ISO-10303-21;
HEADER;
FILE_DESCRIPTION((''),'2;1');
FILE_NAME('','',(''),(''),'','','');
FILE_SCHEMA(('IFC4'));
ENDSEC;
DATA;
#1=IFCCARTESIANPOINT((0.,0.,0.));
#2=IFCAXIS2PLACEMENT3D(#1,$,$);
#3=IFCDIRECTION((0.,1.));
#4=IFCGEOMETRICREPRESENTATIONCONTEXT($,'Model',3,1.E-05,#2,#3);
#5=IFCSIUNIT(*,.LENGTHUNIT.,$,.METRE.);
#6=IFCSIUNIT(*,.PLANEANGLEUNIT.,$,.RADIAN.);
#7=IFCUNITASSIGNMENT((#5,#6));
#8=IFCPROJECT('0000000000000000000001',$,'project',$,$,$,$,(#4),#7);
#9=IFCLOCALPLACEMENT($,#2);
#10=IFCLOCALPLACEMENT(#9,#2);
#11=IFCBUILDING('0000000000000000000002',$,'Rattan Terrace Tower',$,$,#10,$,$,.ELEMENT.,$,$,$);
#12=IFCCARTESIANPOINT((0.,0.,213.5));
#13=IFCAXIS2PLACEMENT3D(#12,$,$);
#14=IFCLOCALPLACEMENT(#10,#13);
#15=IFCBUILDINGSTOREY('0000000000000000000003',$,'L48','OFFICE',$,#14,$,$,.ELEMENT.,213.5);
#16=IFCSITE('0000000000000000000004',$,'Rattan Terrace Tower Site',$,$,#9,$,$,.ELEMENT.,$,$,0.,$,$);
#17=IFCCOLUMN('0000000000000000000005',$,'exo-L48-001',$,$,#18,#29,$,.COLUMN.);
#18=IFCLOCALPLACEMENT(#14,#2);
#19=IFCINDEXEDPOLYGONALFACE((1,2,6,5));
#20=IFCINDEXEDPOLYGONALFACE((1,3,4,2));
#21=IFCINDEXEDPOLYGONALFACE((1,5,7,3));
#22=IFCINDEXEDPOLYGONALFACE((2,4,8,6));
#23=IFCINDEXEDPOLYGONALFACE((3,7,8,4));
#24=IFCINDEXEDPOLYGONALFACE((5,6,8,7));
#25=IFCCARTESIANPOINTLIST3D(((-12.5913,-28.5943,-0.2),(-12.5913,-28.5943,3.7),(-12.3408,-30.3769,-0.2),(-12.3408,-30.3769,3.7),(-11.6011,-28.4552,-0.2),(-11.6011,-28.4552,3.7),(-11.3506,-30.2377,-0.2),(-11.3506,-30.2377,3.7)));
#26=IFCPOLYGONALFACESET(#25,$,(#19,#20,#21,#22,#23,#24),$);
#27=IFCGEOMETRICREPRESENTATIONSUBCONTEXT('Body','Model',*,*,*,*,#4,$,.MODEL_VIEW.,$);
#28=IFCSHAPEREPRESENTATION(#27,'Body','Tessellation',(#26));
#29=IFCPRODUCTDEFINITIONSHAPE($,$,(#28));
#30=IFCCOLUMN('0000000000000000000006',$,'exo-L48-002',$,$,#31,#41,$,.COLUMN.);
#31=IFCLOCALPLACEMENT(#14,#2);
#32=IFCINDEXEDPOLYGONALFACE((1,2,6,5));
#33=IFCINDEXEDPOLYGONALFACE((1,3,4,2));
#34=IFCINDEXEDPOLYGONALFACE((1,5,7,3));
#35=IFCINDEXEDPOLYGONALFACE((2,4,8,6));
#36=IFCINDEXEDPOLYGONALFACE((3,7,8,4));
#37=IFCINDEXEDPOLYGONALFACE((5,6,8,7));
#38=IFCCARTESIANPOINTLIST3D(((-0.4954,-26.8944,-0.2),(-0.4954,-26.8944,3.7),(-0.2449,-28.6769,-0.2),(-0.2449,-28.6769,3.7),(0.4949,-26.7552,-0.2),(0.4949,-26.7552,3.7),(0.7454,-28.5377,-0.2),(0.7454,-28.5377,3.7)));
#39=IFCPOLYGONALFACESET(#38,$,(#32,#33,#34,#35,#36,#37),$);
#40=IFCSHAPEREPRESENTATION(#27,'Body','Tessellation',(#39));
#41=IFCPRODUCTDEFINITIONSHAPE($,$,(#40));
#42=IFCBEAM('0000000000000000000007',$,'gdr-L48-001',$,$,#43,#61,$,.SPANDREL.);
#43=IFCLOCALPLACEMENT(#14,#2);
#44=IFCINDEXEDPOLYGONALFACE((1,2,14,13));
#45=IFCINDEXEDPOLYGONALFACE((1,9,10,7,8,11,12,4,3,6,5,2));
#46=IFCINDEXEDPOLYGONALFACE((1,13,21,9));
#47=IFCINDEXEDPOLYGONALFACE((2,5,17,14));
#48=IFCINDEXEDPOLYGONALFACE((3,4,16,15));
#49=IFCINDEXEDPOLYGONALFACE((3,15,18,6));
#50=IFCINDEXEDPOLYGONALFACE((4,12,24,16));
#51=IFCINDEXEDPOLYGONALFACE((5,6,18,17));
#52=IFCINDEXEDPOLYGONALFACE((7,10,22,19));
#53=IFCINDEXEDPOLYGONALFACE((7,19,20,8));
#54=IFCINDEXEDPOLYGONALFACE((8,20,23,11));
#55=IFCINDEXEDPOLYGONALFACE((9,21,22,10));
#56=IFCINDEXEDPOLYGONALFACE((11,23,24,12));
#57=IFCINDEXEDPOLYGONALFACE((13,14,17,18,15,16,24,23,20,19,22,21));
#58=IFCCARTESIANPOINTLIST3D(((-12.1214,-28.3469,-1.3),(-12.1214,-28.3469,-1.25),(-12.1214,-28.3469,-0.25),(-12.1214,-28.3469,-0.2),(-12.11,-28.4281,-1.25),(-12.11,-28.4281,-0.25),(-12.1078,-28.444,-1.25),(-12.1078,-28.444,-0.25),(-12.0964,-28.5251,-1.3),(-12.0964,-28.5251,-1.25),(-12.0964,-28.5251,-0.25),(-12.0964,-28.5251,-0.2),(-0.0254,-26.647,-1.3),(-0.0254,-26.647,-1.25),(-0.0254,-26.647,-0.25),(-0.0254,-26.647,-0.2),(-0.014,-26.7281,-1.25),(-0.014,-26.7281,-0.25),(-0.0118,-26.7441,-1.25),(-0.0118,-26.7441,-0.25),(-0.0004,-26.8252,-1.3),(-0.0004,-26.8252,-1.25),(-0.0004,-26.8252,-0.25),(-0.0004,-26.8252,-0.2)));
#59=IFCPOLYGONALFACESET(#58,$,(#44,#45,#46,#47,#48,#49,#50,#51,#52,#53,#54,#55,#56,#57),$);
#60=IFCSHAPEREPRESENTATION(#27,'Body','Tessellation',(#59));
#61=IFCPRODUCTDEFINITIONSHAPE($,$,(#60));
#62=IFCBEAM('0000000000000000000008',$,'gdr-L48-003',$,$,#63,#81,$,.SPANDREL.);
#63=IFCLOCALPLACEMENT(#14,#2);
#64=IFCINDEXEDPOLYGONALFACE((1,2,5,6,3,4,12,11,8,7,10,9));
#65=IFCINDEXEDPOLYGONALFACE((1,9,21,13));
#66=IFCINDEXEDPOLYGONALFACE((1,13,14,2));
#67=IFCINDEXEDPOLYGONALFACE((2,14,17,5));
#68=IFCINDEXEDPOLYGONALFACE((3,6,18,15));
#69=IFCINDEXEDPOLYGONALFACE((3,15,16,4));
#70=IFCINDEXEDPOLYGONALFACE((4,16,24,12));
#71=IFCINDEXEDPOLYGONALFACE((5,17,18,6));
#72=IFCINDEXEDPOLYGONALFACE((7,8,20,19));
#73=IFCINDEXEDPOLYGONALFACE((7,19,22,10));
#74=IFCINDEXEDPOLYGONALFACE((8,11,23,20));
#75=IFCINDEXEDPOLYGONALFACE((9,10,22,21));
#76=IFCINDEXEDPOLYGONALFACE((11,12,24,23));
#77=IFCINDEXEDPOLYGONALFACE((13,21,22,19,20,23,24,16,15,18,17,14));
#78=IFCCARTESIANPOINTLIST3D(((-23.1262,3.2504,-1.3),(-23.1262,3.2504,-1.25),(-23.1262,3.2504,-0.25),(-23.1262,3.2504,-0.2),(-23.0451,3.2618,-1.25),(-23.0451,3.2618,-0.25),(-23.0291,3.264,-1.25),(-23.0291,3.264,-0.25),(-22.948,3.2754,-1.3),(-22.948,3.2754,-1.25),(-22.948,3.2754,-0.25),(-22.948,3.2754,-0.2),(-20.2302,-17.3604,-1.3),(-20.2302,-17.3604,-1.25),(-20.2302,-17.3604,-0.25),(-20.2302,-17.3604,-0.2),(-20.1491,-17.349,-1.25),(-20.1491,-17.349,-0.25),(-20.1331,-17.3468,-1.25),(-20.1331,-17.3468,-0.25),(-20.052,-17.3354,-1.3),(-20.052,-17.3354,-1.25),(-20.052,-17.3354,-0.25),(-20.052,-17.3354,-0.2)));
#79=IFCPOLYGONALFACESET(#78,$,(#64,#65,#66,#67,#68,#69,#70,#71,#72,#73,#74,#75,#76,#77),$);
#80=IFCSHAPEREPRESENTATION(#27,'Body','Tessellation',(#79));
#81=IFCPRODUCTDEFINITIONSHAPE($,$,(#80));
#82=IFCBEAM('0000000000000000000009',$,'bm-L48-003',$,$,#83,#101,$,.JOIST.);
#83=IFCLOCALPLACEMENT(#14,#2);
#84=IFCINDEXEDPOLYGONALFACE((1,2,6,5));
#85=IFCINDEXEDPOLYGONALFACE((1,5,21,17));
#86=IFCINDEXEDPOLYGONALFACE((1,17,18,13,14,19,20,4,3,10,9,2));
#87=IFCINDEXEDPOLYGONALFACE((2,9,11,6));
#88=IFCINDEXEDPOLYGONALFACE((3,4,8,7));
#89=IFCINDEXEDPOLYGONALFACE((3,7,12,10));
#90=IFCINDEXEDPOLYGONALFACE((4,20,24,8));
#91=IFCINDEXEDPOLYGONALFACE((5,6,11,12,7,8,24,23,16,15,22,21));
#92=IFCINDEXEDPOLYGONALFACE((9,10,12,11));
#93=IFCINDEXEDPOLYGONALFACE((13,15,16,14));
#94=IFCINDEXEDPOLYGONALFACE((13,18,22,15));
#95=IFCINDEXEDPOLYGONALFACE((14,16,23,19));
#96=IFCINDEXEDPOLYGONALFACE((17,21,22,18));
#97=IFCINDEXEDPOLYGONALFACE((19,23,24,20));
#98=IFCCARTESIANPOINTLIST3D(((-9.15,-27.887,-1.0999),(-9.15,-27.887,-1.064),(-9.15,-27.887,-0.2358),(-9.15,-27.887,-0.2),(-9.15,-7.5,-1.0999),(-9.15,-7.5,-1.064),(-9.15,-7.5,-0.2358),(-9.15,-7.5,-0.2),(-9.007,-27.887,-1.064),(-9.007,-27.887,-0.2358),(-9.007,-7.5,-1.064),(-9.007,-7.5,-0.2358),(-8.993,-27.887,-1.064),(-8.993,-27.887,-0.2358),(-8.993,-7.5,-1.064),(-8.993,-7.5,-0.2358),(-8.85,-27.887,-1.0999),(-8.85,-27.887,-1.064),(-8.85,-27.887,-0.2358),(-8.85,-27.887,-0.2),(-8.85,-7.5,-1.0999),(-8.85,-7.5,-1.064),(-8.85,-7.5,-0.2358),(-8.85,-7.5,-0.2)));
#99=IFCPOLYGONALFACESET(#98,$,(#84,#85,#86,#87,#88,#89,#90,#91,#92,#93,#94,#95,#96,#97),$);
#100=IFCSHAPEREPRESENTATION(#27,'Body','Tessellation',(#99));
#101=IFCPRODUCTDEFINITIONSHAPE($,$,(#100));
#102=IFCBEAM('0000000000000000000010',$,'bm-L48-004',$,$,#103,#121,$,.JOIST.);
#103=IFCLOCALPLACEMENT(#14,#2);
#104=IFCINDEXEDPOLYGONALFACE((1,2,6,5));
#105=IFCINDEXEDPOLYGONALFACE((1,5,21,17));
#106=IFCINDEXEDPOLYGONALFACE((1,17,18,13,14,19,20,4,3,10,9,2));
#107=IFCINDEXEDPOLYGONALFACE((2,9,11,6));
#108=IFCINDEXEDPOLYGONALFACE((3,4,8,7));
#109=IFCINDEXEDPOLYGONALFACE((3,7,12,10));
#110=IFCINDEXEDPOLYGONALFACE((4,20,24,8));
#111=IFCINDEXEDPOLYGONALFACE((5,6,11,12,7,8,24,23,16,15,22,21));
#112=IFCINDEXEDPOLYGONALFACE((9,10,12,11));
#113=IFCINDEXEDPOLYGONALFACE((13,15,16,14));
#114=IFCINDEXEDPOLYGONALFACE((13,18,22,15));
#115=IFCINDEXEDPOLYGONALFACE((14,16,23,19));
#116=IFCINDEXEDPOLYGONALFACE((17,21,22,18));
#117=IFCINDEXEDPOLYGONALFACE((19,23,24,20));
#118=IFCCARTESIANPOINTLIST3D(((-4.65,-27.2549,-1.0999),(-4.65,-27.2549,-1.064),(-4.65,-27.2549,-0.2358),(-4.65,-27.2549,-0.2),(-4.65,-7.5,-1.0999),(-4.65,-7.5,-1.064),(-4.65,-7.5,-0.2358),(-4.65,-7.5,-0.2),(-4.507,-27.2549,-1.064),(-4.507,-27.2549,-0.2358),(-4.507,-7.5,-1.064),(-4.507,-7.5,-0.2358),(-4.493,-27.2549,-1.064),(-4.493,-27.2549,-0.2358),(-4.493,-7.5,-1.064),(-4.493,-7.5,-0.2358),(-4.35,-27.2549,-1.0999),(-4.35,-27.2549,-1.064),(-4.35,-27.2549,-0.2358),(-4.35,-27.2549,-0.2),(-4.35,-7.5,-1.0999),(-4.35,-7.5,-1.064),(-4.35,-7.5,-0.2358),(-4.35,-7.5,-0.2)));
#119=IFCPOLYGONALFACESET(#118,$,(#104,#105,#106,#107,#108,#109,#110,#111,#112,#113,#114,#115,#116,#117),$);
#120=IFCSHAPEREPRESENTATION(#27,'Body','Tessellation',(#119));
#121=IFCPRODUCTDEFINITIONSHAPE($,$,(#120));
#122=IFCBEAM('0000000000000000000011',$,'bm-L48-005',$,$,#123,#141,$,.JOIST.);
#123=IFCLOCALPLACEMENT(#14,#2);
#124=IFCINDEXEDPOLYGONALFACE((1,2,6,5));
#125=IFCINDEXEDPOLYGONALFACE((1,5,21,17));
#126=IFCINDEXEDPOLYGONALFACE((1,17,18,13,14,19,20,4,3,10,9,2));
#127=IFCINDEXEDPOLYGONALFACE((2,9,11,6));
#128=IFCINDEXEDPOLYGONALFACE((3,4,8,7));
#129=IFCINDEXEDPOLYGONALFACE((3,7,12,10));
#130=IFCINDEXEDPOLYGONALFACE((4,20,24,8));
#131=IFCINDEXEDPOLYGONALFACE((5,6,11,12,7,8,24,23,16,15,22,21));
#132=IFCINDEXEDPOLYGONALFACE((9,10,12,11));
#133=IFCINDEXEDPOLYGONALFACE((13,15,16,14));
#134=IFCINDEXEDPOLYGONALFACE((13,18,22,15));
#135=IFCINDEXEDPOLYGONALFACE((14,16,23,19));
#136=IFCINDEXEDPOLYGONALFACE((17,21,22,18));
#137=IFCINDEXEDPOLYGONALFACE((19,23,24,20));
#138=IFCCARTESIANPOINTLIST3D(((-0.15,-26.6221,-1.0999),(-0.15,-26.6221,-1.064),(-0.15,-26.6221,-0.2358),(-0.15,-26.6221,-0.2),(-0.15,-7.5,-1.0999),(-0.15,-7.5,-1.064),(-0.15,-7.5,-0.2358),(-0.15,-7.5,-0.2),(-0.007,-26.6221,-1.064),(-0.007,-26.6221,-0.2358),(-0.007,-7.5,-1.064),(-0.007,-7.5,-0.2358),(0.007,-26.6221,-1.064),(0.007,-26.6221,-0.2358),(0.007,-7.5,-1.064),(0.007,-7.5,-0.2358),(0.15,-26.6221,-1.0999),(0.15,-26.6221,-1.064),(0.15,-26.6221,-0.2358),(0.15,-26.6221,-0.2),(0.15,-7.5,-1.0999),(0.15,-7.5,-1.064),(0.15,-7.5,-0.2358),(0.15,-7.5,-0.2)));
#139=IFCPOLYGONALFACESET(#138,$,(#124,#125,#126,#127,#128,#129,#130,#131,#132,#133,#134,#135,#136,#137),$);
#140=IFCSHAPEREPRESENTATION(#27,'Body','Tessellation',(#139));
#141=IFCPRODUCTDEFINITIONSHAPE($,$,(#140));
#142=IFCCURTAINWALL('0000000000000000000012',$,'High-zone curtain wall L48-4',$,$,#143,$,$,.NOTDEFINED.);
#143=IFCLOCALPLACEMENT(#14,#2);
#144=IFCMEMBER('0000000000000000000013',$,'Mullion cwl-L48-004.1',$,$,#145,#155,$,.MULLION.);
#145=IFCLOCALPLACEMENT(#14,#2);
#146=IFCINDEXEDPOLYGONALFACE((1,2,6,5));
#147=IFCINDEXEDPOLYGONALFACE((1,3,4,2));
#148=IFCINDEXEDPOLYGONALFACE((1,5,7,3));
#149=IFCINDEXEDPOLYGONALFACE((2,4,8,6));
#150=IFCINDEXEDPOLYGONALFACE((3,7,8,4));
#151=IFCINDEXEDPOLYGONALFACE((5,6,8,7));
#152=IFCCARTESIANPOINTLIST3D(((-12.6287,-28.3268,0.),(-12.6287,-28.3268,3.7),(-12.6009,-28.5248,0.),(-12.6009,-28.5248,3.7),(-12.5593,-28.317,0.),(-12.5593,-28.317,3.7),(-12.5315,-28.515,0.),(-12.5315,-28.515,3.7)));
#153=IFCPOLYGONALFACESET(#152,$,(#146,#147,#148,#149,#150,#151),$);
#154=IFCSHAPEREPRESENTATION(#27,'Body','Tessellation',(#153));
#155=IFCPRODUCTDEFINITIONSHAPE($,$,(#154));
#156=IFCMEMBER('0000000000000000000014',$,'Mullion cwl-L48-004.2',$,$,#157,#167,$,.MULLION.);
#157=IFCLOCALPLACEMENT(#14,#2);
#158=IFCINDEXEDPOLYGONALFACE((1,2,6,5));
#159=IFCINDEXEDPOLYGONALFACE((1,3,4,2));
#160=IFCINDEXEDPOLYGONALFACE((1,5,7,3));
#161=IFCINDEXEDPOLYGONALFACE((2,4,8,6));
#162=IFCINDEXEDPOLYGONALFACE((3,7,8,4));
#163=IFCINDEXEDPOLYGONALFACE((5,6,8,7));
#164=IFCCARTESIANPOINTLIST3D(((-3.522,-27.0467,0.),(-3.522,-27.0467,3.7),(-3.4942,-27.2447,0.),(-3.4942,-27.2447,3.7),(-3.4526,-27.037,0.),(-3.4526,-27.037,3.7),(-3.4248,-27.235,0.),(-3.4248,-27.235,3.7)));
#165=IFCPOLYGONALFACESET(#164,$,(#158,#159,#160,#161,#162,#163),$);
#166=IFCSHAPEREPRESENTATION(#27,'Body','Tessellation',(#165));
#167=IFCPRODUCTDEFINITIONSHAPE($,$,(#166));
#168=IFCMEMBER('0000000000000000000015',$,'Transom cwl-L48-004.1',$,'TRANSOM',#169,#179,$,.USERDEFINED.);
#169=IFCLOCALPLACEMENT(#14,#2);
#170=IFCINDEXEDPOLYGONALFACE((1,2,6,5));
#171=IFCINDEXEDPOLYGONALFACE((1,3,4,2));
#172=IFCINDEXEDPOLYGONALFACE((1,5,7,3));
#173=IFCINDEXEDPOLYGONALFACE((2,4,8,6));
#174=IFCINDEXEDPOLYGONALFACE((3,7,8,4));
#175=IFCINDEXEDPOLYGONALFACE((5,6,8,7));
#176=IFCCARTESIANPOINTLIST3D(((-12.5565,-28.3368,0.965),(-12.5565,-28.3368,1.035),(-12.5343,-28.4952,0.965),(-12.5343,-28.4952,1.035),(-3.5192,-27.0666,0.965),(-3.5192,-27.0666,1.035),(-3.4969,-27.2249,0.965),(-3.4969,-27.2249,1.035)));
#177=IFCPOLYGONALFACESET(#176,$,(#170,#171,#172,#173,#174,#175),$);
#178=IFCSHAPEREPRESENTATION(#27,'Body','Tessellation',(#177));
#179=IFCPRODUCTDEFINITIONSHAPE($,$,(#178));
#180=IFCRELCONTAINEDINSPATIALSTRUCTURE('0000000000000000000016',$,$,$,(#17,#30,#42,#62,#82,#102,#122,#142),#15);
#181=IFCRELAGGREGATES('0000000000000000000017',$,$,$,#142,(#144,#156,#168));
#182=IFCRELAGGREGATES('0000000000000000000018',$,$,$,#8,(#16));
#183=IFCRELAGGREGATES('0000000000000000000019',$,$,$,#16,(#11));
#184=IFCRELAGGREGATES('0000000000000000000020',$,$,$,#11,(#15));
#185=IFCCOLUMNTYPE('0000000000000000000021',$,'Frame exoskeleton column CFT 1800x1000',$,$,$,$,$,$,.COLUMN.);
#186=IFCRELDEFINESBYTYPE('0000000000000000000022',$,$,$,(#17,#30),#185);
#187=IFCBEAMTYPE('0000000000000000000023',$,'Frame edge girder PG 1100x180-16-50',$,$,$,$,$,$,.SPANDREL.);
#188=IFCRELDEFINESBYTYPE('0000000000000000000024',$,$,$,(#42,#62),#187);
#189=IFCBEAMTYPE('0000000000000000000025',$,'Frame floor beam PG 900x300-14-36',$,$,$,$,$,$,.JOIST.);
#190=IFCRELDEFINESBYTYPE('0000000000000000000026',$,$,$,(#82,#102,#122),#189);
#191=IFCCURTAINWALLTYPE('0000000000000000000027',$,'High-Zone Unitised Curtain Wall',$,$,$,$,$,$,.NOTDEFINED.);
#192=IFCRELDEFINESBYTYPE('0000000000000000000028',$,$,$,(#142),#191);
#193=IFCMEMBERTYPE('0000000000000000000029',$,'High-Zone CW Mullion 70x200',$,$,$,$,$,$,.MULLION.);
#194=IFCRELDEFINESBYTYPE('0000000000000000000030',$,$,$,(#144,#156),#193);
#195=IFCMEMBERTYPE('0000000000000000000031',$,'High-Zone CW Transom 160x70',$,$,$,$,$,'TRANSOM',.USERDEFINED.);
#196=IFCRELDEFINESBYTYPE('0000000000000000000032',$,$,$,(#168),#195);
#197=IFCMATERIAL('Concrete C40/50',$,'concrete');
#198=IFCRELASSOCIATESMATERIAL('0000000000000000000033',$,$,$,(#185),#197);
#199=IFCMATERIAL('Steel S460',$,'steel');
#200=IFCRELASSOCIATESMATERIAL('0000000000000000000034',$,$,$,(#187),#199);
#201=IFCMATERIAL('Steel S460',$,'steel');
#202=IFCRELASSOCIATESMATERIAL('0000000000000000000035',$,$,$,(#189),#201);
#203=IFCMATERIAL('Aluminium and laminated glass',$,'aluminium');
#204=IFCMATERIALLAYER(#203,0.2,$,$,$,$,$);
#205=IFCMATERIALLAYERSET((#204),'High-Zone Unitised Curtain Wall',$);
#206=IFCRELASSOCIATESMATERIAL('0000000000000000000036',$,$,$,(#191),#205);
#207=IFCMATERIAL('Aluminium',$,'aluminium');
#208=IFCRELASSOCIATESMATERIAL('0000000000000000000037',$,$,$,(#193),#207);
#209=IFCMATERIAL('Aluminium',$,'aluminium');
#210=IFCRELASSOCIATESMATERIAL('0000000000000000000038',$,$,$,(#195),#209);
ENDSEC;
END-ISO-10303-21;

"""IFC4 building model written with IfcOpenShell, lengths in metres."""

from ifc_helpers import new_model, si_unit, direction, frame, origin, origin_2d, place, context, subcontext, project, spatial, rectangle, i_section, extrude, material, layer, layer_set, material_profile, profile_set, type_object, element, aggregate, save


model = new_model("IFC4")

# Units and contexts
model_context = context("Model", 3, precision=1e-05, world=origin(), true_north=direction((0.0, 1.0)))
body_context = subcontext(model_context, "Body", "Model", "MODEL_VIEW")
ifc_project = project(units=[si_unit("LENGTHUNIT", "METRE"), si_unit("PLANEANGLEUNIT", "RADIAN")], contexts=[model_context])

# Site, building, storey
site_placement = place(None, origin())
site = spatial("IfcSite", under=ifc_project, at=site_placement, Name="Rattan Terrace Tower Site", CompositionType="ELEMENT", RefElevation=0.0)
building_placement = place(site_placement, origin())
building = spatial("IfcBuilding", under=site, at=building_placement, Name="Rattan Terrace Tower", CompositionType="ELEMENT")
storey_placement = place(building_placement, frame((0.0, 0.0, 213.5)))
storey = spatial("IfcBuildingStorey", under=building, at=storey_placement, Name="L48", Description="OFFICE", CompositionType="ELEMENT", Elevation=213.5)

# Columns
ifc_material_1 = material(Name="Concrete C40/50", Category="concrete")
ifc_material_profile_1 = material_profile(ifc_material_1, rectangle(XDim=1.0, YDim=1.8, at=origin_2d()), Name="CFT 1800x1000")
ifc_profile_set_1 = profile_set([ifc_material_profile_1], Name="Concrete C40/50")
column_type = type_object("IfcColumnType", Name="Frame exoskeleton column CFT 1800x1000", PredefinedType="COLUMN", material=ifc_profile_set_1)
for number, where, z_axis, x_axis, name in (
    (1, (-11.9709, -29.416, -0.2), (0.0, 0.0, 1.0), (0.990268, 0.139173, 0.0), "exo-L48-001"),
    (2, (0.125, -27.7161, -0.2), (0.0, 0.0, 1.0), (0.990268, 0.139173, 0.0), "exo-L48-002"),
):
    element("IfcColumn", number, at=place(storey_placement, frame(where, z_axis=z_axis, x_axis=x_axis)), inside=storey, type_object=column_type, Name=name, PredefinedType="COLUMN", context=body_context, shape_type="SweptSolid", body=[
        extrude(rectangle(XDim=1.0, YDim=1.8, at=origin_2d()), origin(), (0.0, 0.0, 1.0), 3.8999),
    ])

# Beams
ifc_material_2 = material(Name="Steel S460", Category="steel")
ifc_material_profile_2 = material_profile(ifc_material_2, i_section(OverallWidth=0.1799, OverallDepth=1.1001, WebThickness=0.0161, FlangeThickness=0.05, at=origin_2d()), Name="PG 1100x180-16-50")
ifc_profile_set_2 = profile_set([ifc_material_profile_2], Name="Steel S460")
beam_type_1 = type_object("IfcBeamType", Name="Frame edge girder PG 1100x180-16-50", PredefinedType="SPANDREL", material=ifc_profile_set_2)
beam_1_placement = place(storey_placement, frame((-12.1089, -28.436, -0.75), z_axis=(0.990268, 0.139171, 0.0), x_axis=(-0.139171, 0.990268, 0.0)))
element("IfcBeam", 3, at=beam_1_placement, inside=storey, type_object=beam_type_1, Name="gdr-L48-001", PredefinedType="SPANDREL", context=body_context, shape_type="SweptSolid", body=[
    extrude(i_section(OverallWidth=0.1799, OverallDepth=1.1001, WebThickness=0.0161, FlangeThickness=0.05, at=origin_2d()), origin(), (0.0, 0.0, 1.0), 12.2148),
])
beam_2_placement = place(storey_placement, frame((-20.1411, -17.3479, -0.75), z_axis=(-0.139142, 0.990272, 0.0), x_axis=(-0.990272, -0.139142, 0.0)))
element("IfcBeam", 4, at=beam_2_placement, inside=storey, type_object=beam_type_1, Name="gdr-L48-003", PredefinedType="SPANDREL", context=body_context, shape_type="SweptSolid", body=[
    extrude(i_section(OverallWidth=0.1799, OverallDepth=1.1001, WebThickness=0.0161, FlangeThickness=0.05, at=origin_2d()), origin(), (0.0, 0.0, 1.0), 20.8132),
])
ifc_material_3 = material(Name="Steel S460", Category="steel")
ifc_material_profile_3 = material_profile(ifc_material_3, i_section(OverallWidth=0.3, OverallDepth=0.8999, WebThickness=0.0139, FlangeThickness=0.0359, at=origin_2d()), Name="PG 900x300-14-36")
ifc_profile_set_3 = profile_set([ifc_material_profile_3], Name="Steel S460")
beam_type_2 = type_object("IfcBeamType", Name="Frame floor beam PG 900x300-14-36", PredefinedType="JOIST", material=ifc_profile_set_3)
beam_3_placement = place(storey_placement, frame((-9.0, -27.887, -0.6499), z_axis=(0.0, 1.0, 0.0), x_axis=(-1.0, 0.0, 0.0)))
element("IfcBeam", 5, at=beam_3_placement, inside=storey, type_object=beam_type_2, Name="bm-L48-003", PredefinedType="JOIST", context=body_context, shape_type="SweptSolid", body=[
    extrude(i_section(OverallWidth=0.3, OverallDepth=0.8999, WebThickness=0.0139, FlangeThickness=0.0359, at=origin_2d()), origin(), (0.0, 0.0, 1.0), 20.387),
])
beam_4_placement = place(storey_placement, frame((-4.5, -27.2549, -0.6499), z_axis=(0.0, 1.0, 0.0), x_axis=(-1.0, 0.0, 0.0)))
element("IfcBeam", 6, at=beam_4_placement, inside=storey, type_object=beam_type_2, Name="bm-L48-004", PredefinedType="JOIST", context=body_context, shape_type="SweptSolid", body=[
    extrude(i_section(OverallWidth=0.3, OverallDepth=0.8999, WebThickness=0.0139, FlangeThickness=0.0359, at=origin_2d()), origin(), (0.0, 0.0, 1.0), 19.7549),
])
beam_5_placement = place(storey_placement, frame((0.0, -26.6221, -0.6499), z_axis=(0.0, 1.0, 0.0), x_axis=(-1.0, 0.0, 0.0)))
element("IfcBeam", 7, at=beam_5_placement, inside=storey, type_object=beam_type_2, Name="bm-L48-005", PredefinedType="JOIST", context=body_context, shape_type="SweptSolid", body=[
    extrude(i_section(OverallWidth=0.3, OverallDepth=0.8999, WebThickness=0.0139, FlangeThickness=0.0359, at=origin_2d()), origin(), (0.0, 0.0, 1.0), 19.1221),
])

# Curtain wall, members
ifc_material_4 = material(Name="Aluminium and laminated glass", Category="aluminium")
ifc_layer_1 = layer(ifc_material_4, 0.2)
ifc_layer_set_1 = layer_set([ifc_layer_1], Name="High-Zone Unitised Curtain Wall")
curtain_wall_type = type_object("IfcCurtainWallType", Name="High-Zone Unitised Curtain Wall", PredefinedType="NOTDEFINED", material=ifc_layer_set_1)
curtain_wall_1_placement = place(storey_placement, origin())
curtain_wall_1 = element("IfcCurtainWall", 8, at=curtain_wall_1_placement, inside=storey, type_object=curtain_wall_type, Name="High-zone curtain wall L48-4", PredefinedType="NOTDEFINED")
ifc_material_5 = material(Name="Aluminium", Category="aluminium")
ifc_material_profile_4 = material_profile(ifc_material_5, rectangle(XDim=0.0701, YDim=0.2, at=origin_2d()), Name="Aluminium 70x200")
ifc_profile_set_4 = profile_set([ifc_material_profile_4], Name="Aluminium")
member_type_1 = type_object("IfcMemberType", Name="High-Zone CW Mullion 70x200", PredefinedType="MULLION", material=ifc_profile_set_4)
member_1_placement = place(storey_placement, frame((-12.5801, -28.4209, 0.0), z_axis=(0.0, 0.0, 1.0), x_axis=(0.990267, 0.139177, 0.0)))
member_1 = element("IfcMember", 9, at=member_1_placement, type_object=member_type_1, Name="Mullion cwl-L48-004.1", PredefinedType="MULLION", context=body_context, shape_type="SweptSolid", body=[
    extrude(rectangle(XDim=0.0701, YDim=0.2, at=origin_2d()), origin(), (0.0, 0.0, 1.0), 3.7),
])
member_2_placement = place(storey_placement, frame((-3.4734, -27.1409, 0.0), z_axis=(0.0, 0.0, 1.0), x_axis=(0.990267, 0.139177, 0.0)))
member_2 = element("IfcMember", 10, at=member_2_placement, type_object=member_type_1, Name="Mullion cwl-L48-004.2", PredefinedType="MULLION", context=body_context, shape_type="SweptSolid", body=[
    extrude(rectangle(XDim=0.0701, YDim=0.2, at=origin_2d()), origin(), (0.0, 0.0, 1.0), 3.7),
])
ifc_material_6 = material(Name="Aluminium", Category="aluminium")
ifc_material_profile_5 = material_profile(ifc_material_6, rectangle(XDim=0.1599, YDim=0.0701, at=origin_2d()), Name="Aluminium 160x70")
ifc_profile_set_5 = profile_set([ifc_material_profile_5], Name="Aluminium")
member_type_2 = type_object("IfcMemberType", Name="High-Zone CW Transom 160x70", ElementType="TRANSOM", PredefinedType="USERDEFINED", material=ifc_profile_set_5)
member_3_placement = place(storey_placement, frame((-12.5454, -28.416, 1.0), z_axis=(0.990266, 0.139189, 0.0), x_axis=(-0.139189, 0.990266, 0.0)))
member_3 = element("IfcMember", 11, at=member_3_placement, type_object=member_type_2, Name="Transom cwl-L48-004.1", ObjectType="TRANSOM", PredefinedType="USERDEFINED", context=body_context, shape_type="SweptSolid", body=[
    extrude(rectangle(XDim=0.1599, YDim=0.0701, at=origin_2d()), origin(), (0.0, 0.0, 1.0), 9.1262),
])

aggregate(curtain_wall_1, [member_1, member_2, member_3])

save(model, "model.ifc")
